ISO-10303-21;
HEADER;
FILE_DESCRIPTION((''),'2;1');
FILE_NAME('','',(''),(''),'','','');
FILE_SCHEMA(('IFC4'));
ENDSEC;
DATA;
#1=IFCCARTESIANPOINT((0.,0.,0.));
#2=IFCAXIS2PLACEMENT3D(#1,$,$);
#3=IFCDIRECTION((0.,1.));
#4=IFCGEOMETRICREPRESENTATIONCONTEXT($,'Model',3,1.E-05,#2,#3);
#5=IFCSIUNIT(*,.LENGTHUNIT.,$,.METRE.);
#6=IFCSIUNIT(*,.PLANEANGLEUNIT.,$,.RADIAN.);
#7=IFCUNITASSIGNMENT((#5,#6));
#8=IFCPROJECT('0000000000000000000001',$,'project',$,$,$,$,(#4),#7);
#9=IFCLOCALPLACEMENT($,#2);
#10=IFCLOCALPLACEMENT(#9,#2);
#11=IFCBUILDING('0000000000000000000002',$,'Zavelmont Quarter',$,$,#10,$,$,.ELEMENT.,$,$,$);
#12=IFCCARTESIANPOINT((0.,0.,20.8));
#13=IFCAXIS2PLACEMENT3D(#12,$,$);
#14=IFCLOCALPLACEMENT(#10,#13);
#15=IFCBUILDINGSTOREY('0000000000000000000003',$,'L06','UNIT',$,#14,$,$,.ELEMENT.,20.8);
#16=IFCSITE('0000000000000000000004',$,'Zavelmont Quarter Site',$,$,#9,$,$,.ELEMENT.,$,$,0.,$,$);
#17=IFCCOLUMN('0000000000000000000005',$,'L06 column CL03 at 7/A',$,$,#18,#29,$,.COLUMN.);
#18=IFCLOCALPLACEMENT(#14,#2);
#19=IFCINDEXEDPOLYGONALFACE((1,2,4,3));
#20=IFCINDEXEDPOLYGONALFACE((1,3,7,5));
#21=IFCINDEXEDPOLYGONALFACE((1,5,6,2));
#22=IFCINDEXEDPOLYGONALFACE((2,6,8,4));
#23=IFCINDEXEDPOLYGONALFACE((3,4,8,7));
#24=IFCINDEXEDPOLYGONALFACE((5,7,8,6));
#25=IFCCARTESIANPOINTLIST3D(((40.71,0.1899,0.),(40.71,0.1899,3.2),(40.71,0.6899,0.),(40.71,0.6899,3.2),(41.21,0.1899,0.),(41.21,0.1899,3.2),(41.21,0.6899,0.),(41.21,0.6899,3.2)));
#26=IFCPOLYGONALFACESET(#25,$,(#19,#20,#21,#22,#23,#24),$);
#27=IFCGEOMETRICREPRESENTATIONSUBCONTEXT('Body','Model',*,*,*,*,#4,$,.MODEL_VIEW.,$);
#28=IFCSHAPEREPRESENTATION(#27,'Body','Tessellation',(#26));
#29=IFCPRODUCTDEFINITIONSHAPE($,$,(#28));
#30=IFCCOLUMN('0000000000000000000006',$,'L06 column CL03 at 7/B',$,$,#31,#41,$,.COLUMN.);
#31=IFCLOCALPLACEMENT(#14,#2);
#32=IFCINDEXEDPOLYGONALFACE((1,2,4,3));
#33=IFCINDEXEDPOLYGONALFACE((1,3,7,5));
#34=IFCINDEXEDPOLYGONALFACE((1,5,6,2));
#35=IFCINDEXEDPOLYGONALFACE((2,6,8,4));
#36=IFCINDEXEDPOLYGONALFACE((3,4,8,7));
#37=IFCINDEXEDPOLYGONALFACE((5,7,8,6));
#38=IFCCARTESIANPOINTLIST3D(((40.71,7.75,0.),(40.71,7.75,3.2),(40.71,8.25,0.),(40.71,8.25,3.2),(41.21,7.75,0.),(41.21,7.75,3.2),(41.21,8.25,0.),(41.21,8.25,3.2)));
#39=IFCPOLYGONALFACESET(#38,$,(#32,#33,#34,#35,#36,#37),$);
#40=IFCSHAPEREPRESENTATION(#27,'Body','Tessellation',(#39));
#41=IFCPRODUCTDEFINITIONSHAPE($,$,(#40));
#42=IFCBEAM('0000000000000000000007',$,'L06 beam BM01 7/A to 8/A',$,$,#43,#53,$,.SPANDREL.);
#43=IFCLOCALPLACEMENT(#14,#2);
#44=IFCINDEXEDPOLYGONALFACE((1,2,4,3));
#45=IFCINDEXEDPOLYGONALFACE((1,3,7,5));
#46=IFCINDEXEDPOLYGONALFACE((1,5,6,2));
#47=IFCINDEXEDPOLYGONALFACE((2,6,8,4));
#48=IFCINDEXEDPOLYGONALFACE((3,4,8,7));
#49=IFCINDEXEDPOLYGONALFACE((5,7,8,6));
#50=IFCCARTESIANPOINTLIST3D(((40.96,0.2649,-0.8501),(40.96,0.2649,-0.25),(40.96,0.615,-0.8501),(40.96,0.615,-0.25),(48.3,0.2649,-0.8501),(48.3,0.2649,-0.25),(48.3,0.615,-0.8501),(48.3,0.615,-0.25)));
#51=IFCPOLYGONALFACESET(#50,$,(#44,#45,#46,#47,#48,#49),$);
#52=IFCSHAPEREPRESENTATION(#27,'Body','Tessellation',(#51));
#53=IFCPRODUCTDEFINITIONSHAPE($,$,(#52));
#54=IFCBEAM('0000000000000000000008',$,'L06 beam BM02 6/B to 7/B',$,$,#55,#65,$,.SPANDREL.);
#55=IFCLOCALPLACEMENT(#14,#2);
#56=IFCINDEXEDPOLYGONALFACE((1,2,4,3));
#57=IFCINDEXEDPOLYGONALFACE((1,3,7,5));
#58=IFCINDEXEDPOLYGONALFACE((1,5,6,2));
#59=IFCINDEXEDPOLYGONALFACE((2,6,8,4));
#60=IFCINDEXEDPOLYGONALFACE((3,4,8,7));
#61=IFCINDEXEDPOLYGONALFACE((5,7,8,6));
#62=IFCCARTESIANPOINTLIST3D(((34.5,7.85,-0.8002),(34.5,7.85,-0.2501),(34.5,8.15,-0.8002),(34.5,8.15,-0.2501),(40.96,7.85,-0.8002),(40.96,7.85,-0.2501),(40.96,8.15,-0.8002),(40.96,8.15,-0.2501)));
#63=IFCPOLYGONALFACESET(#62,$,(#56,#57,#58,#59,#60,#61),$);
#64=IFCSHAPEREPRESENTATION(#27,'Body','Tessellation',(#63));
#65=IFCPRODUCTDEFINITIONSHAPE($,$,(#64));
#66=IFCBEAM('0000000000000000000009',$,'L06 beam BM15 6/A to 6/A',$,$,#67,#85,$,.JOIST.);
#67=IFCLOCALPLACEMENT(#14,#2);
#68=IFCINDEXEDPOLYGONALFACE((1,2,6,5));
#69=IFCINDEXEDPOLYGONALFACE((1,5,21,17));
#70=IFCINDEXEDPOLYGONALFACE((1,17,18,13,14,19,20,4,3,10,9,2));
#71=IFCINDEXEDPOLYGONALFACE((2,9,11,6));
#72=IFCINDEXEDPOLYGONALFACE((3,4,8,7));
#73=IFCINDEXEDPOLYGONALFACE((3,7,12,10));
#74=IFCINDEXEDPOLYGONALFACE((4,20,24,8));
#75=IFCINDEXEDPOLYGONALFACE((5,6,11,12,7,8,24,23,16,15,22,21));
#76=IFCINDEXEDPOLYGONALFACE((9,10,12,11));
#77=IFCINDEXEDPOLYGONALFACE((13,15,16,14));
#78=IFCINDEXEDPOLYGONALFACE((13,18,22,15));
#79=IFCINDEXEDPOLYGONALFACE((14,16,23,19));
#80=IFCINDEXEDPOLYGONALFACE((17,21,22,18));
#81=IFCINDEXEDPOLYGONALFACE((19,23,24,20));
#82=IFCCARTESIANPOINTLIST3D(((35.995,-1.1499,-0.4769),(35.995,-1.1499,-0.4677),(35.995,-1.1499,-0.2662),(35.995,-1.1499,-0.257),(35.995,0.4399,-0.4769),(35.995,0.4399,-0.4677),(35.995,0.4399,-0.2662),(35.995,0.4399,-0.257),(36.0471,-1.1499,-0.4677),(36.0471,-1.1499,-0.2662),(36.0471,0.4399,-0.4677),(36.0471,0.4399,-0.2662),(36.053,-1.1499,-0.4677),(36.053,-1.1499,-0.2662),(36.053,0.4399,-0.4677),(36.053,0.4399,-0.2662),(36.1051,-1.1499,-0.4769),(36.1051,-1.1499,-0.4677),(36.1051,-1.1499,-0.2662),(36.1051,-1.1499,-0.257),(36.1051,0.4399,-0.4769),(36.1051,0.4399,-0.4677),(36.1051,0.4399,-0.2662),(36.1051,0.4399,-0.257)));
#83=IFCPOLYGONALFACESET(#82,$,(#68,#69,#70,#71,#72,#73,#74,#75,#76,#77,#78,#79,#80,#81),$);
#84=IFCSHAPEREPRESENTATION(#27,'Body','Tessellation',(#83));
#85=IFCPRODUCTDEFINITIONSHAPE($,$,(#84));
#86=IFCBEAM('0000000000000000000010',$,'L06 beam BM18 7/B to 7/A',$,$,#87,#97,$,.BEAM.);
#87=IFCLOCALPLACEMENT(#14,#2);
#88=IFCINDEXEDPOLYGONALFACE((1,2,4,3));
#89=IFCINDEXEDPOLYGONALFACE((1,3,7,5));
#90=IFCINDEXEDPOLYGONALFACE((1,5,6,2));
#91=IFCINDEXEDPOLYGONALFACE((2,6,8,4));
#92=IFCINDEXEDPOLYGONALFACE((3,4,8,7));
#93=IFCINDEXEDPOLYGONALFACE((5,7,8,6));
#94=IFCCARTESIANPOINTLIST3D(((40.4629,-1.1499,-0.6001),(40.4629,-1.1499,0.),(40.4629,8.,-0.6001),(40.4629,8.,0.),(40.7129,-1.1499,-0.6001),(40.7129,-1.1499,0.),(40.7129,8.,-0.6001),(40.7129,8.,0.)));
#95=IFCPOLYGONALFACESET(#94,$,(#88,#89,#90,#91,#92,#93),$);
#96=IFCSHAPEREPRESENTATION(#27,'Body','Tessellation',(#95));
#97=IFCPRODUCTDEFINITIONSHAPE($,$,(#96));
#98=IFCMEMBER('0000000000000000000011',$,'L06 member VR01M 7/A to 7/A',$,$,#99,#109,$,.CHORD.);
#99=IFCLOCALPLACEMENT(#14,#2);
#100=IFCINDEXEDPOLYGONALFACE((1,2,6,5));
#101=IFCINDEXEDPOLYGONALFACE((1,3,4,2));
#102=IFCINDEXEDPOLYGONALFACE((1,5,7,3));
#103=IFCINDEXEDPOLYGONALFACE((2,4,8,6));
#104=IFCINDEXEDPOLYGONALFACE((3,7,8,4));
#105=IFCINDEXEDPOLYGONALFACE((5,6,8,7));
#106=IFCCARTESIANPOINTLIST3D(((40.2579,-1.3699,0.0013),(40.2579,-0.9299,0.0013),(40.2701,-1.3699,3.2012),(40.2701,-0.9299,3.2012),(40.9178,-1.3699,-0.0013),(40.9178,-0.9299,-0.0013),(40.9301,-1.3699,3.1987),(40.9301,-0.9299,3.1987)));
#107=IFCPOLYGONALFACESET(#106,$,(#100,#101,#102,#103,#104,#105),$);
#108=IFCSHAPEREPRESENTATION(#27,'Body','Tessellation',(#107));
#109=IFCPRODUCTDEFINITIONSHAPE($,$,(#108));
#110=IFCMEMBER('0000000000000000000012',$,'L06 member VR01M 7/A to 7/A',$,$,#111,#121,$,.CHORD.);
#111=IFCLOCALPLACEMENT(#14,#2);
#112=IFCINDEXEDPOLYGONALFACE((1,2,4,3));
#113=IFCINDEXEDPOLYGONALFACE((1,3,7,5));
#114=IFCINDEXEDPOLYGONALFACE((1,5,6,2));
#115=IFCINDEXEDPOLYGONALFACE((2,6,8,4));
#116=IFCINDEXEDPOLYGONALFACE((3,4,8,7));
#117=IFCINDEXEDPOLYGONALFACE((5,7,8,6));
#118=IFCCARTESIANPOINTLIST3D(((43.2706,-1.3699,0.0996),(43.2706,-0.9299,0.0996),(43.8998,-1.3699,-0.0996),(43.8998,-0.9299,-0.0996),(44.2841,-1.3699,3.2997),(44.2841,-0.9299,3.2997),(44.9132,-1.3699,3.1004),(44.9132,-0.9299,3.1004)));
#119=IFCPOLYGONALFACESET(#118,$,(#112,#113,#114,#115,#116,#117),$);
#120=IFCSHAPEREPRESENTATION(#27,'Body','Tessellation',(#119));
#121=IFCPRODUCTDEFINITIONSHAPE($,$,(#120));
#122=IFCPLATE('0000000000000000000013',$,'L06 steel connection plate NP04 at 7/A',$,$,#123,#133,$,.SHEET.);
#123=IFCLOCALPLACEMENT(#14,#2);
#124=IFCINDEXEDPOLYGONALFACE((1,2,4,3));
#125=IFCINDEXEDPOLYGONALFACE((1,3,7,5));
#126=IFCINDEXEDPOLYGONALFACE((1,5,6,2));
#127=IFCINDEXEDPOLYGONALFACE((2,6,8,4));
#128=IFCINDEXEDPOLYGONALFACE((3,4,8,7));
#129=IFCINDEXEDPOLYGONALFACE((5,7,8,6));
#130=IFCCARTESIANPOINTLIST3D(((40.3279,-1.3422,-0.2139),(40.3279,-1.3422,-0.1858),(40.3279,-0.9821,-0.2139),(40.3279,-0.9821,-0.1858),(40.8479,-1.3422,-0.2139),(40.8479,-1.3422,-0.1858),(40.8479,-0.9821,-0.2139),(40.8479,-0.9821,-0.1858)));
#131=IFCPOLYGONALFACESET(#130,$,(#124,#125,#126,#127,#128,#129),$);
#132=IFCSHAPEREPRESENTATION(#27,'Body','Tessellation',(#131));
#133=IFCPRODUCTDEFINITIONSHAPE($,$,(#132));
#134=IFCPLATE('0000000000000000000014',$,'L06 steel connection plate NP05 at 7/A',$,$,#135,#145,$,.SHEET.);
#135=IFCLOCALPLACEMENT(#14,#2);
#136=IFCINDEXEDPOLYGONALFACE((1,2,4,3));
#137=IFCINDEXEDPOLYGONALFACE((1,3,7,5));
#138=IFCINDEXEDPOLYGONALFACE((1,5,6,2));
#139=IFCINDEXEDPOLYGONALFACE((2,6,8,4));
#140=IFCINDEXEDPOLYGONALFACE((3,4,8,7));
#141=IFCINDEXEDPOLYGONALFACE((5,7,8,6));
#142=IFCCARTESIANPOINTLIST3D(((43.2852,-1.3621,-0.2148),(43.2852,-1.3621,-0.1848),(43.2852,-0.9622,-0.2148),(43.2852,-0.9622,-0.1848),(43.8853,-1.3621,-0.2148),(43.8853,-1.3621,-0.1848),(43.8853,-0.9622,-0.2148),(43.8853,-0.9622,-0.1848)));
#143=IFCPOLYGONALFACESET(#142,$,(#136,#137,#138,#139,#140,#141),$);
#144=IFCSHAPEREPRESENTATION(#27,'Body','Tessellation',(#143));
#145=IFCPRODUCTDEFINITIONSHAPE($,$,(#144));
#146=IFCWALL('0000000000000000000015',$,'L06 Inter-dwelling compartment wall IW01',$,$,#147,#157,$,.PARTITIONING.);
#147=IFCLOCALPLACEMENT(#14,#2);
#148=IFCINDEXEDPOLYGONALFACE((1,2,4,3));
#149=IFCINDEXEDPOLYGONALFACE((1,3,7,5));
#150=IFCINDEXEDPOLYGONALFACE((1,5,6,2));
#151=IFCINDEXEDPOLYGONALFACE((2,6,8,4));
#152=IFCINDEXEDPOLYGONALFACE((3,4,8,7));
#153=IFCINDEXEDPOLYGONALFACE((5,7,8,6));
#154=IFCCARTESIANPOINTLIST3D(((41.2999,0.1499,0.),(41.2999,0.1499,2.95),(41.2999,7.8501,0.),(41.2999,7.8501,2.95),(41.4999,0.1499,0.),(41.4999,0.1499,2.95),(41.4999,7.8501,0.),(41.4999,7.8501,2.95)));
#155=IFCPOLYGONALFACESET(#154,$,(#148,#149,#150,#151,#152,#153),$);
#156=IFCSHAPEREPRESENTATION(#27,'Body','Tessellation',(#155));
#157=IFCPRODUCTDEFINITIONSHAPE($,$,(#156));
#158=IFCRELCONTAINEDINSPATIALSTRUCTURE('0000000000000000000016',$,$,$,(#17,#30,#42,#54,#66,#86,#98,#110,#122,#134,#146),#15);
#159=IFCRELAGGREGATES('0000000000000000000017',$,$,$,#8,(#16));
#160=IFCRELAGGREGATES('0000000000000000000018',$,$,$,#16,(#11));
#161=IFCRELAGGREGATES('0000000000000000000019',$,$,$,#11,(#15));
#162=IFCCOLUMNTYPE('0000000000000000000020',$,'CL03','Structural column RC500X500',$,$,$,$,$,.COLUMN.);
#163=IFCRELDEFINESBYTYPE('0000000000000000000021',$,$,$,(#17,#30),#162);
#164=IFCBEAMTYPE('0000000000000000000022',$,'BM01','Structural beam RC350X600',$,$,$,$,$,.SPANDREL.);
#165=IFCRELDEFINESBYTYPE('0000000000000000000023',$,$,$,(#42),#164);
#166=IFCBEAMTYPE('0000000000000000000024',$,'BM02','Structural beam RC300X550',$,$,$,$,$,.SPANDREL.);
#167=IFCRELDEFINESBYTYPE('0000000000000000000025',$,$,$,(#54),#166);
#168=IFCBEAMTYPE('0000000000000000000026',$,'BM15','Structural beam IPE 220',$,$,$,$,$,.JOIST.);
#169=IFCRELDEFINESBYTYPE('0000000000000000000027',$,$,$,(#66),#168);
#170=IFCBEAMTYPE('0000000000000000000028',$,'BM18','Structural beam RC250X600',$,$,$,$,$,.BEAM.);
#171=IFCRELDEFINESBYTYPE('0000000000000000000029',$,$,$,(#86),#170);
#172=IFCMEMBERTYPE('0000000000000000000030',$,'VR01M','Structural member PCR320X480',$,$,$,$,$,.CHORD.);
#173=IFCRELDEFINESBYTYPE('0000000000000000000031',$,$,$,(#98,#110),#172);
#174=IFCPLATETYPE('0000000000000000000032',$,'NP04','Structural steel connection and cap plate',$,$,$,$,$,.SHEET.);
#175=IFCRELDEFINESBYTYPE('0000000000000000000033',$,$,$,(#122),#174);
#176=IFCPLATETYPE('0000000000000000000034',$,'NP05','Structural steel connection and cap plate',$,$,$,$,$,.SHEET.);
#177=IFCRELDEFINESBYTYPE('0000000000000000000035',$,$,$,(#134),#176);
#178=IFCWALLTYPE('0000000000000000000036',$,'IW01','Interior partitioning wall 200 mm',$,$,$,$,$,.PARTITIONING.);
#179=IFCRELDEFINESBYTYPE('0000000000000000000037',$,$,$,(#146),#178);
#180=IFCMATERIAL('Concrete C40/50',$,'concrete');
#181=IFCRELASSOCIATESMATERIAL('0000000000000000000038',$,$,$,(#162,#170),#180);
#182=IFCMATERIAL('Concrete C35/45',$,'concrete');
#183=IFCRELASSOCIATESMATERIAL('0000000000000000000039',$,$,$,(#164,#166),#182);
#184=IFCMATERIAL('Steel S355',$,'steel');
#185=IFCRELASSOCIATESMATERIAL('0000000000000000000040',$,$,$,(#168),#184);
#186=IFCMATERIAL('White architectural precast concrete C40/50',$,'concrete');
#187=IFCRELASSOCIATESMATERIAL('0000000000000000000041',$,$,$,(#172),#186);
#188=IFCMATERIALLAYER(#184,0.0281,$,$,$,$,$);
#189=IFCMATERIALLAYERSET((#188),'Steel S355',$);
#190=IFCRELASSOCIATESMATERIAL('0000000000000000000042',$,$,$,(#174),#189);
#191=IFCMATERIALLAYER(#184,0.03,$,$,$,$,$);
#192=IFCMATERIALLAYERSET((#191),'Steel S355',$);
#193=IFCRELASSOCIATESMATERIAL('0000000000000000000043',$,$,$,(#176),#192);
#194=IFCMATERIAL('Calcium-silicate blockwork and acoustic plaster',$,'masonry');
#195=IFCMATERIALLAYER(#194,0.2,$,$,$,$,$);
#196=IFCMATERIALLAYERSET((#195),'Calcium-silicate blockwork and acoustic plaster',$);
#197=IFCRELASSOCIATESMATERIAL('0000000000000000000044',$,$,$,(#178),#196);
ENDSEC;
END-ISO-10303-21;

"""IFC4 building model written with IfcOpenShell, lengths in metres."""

from ifc_helpers import new_model, si_unit, direction, frame, frame_2d, origin, origin_2d, place, context, subcontext, project, spatial, rectangle, i_section, extrude, material, layer, layer_set, material_profile, profile_set, type_object, element, save


model = new_model("IFC4")

# Units and contexts
model_context = context("Model", 3, precision=1e-05, world=origin(), true_north=direction((0.0, 1.0)))
body_context = subcontext(model_context, "Body", "Model", "MODEL_VIEW")
ifc_project = project(units=[si_unit("LENGTHUNIT", "METRE"), si_unit("PLANEANGLEUNIT", "RADIAN")], contexts=[model_context])

# Site, building, storey
site_placement = place(None, origin())
site = spatial("IfcSite", under=ifc_project, at=site_placement, Name="Zavelmont Quarter Site", CompositionType="ELEMENT", RefElevation=0.0)
building_placement = place(site_placement, origin())
building = spatial("IfcBuilding", under=site, at=building_placement, Name="Zavelmont Quarter", CompositionType="ELEMENT")
storey_placement = place(building_placement, frame((0.0, 0.0, 20.8)))
storey = spatial("IfcBuildingStorey", under=building, at=storey_placement, Name="L06", Description="UNIT", CompositionType="ELEMENT", Elevation=20.8)

# Columns
ifc_material_1 = material(Name="Concrete C40/50", Category="concrete")
ifc_material_profile_1 = material_profile(ifc_material_1, rectangle(XDim=0.5, YDim=0.5, at=origin_2d()), Name="RC500X500")
ifc_profile_set_1 = profile_set([ifc_material_profile_1], Name="Concrete C40/50")
column_type = type_object("IfcColumnType", Name="CL03", Description="Structural column RC500X500", PredefinedType="COLUMN", material=ifc_profile_set_1)
for number, where, z_axis, x_axis, name in (
    (1, (40.96, 0.4399, 0.0), (0.0, 0.0, 1.0), (1.0, 0.0, 0.0), "L06 column CL03 at 7/A"),
    (2, (40.96, 8.0, 0.0), (0.0, 0.0, 1.0), (1.0, 0.0, 0.0), "L06 column CL03 at 7/B"),
):
    element("IfcColumn", number, at=place(storey_placement, frame(where, z_axis=z_axis, x_axis=x_axis)), inside=storey, type_object=column_type, Name=name, PredefinedType="COLUMN", context=body_context, shape_type="SweptSolid", body=[
        extrude(rectangle(XDim=0.5, YDim=0.5, at=origin_2d()), origin(), (0.0, 0.0, 1.0), 3.2),
    ])

# Beams
ifc_material_2 = material(Name="Concrete C35/45", Category="concrete")
ifc_material_profile_2 = material_profile(ifc_material_2, rectangle(XDim=0.3501, YDim=0.6001, at=origin_2d()), Name="RC350X600")
ifc_profile_set_2 = profile_set([ifc_material_profile_2], Name="Concrete C35/45")
beam_type_1 = type_object("IfcBeamType", Name="BM01", Description="Structural beam RC350X600", PredefinedType="SPANDREL", material=ifc_profile_set_2)
beam_1_placement = place(storey_placement, frame((40.96, 0.4399, -0.55), z_axis=(1.0, 0.0, 0.0), x_axis=(0.0, 1.0, 0.0)))
element("IfcBeam", 3, at=beam_1_placement, inside=storey, type_object=beam_type_1, Name="L06 beam BM01 7/A to 8/A", PredefinedType="SPANDREL", context=body_context, shape_type="SweptSolid", body=[
    extrude(rectangle(XDim=0.3501, YDim=0.6001, at=origin_2d()), origin(), (0.0, 0.0, 1.0), 7.3401),
])
ifc_material_profile_3 = material_profile(ifc_material_2, rectangle(XDim=0.3, YDim=0.55, at=origin_2d()), Name="RC300X550")
ifc_profile_set_3 = profile_set([ifc_material_profile_3], Name="Concrete C35/45")
beam_type_2 = type_object("IfcBeamType", Name="BM02", Description="Structural beam RC300X550", PredefinedType="SPANDREL", material=ifc_profile_set_3)
beam_2_placement = place(storey_placement, frame((34.5, 8.0, -0.5251), z_axis=(1.0, 0.0, 0.0), x_axis=(0.0, 1.0, 0.0)))
element("IfcBeam", 4, at=beam_2_placement, inside=storey, type_object=beam_type_2, Name="L06 beam BM02 6/B to 7/B", PredefinedType="SPANDREL", context=body_context, shape_type="SweptSolid", body=[
    extrude(rectangle(XDim=0.3, YDim=0.55, at=origin_2d()), origin(), (0.0, 0.0, 1.0), 6.46),
])
ifc_material_3 = material(Name="Steel S355", Category="steel")
ifc_material_profile_4 = material_profile(ifc_material_3, i_section(OverallWidth=0.1101, OverallDepth=0.22, WebThickness=0.0059, FlangeThickness=0.0093, at=origin_2d()), Name="IPE 220")
ifc_profile_set_4 = profile_set([ifc_material_profile_4], Name="Steel S355")
beam_type_3 = type_object("IfcBeamType", Name="BM15", Description="Structural beam IPE 220", PredefinedType="JOIST", material=ifc_profile_set_4)
beam_3_placement = place(storey_placement, frame((36.05, 0.4399, -0.3669), z_axis=(0.0, -1.0, 0.0), x_axis=(1.0, 0.0, 0.0)))
element("IfcBeam", 5, at=beam_3_placement, inside=storey, type_object=beam_type_3, Name="L06 beam BM15 6/A to 6/A", PredefinedType="JOIST", context=body_context, shape_type="SweptSolid", body=[
    extrude(i_section(OverallWidth=0.1101, OverallDepth=0.22, WebThickness=0.0059, FlangeThickness=0.0093, at=origin_2d()), origin(), (0.0, 0.0, 1.0), 1.5898),
])
ifc_material_profile_5 = material_profile(ifc_material_1, rectangle(XDim=0.25, YDim=0.6001, at=origin_2d()), Name="RC250X600")
ifc_profile_set_5 = profile_set([ifc_material_profile_5], Name="Concrete C40/50")
beam_type_4 = type_object("IfcBeamType", Name="BM18", Description="Structural beam RC250X600", PredefinedType="BEAM", material=ifc_profile_set_5)
beam_4_placement = place(storey_placement, frame((40.5879, 8.0, -0.3), z_axis=(0.0, -1.0, 0.0), x_axis=(1.0, 0.0, 0.0)))
element("IfcBeam", 6, at=beam_4_placement, inside=storey, type_object=beam_type_4, Name="L06 beam BM18 7/B to 7/A", PredefinedType="BEAM", context=body_context, shape_type="SweptSolid", body=[
    extrude(rectangle(XDim=0.25, YDim=0.6001, at=origin_2d()), origin(), (0.0, 0.0, 1.0), 9.1499),
])

# Members
ifc_material_4 = material(Name="White architectural precast concrete C40/50", Category="concrete")
ifc_material_profile_6 = material_profile(ifc_material_4, rectangle(XDim=0.4399, YDim=0.6599, at=origin_2d()), Name="PCR320X480")
ifc_profile_set_6 = profile_set([ifc_material_profile_6], Name="White architectural precast concrete C40/50")
member_type = type_object("IfcMemberType", Name="VR01M", Description="Structural member PCR320X480", PredefinedType="CHORD", material=ifc_profile_set_6)
member_1_placement = place(storey_placement, frame((40.5879, -1.1499, 0.0), z_axis=(0.003815, 0.0, 0.999993), x_axis=(0.0, 1.0, 0.0)))
element("IfcMember", 7, at=member_1_placement, inside=storey, type_object=member_type, Name="L06 member VR01M 7/A to 7/A", PredefinedType="CHORD", context=body_context, shape_type="SweptSolid", body=[
    extrude(rectangle(XDim=0.4399, YDim=0.6599, at=origin_2d()), origin(), (0.0, 0.0, 1.0), 3.2),
])
member_2_placement = place(storey_placement, frame((43.5852, -1.1499, 0.0), z_axis=(0.301921, 0.0, 0.953333), x_axis=(0.0, 1.0, 0.0)))
element("IfcMember", 8, at=member_2_placement, inside=storey, type_object=member_type, Name="L06 member VR01M 7/A to 7/A", PredefinedType="CHORD", context=body_context, shape_type="SweptSolid", body=[
    extrude(rectangle(XDim=0.4399, YDim=0.6599, at=origin_2d()), origin(), (0.0, 0.0, 1.0), 3.3567),
])

# Plates
ifc_layer_1 = layer(ifc_material_3, 0.0281)
ifc_layer_set_1 = layer_set([ifc_layer_1], Name="Steel S355")
plate_type_1 = type_object("IfcPlateType", Name="NP04", Description="Structural steel connection and cap plate", PredefinedType="SHEET", material=ifc_layer_set_1)
plate_1_placement = place(storey_placement, frame((40.5879, -1.1621, -0.2139), z_axis=(0.0, 0.0, 1.0), x_axis=(1.0, 0.0, 0.0)))
element("IfcPlate", 9, at=plate_1_placement, inside=storey, type_object=plate_type_1, Name="L06 steel connection plate NP04 at 7/A", PredefinedType="SHEET", context=body_context, shape_type="SweptSolid", body=[
    extrude(rectangle(XDim=0.52, YDim=0.3601, at=origin_2d()), origin(), (0.0, 0.0, 1.0), 0.0281),
])
ifc_layer_2 = layer(ifc_material_3, 0.03)
ifc_layer_set_2 = layer_set([ifc_layer_2], Name="Steel S355")
plate_type_2 = type_object("IfcPlateType", Name="NP05", Description="Structural steel connection and cap plate", PredefinedType="SHEET", material=ifc_layer_set_2)
plate_2_placement = place(storey_placement, frame((43.5852, -1.1621, -0.2148), z_axis=(0.0, 0.0, 1.0), x_axis=(1.0, 0.0, 0.0)))
element("IfcPlate", 10, at=plate_2_placement, inside=storey, type_object=plate_type_2, Name="L06 steel connection plate NP05 at 7/A", PredefinedType="SHEET", context=body_context, shape_type="SweptSolid", body=[
    extrude(rectangle(XDim=0.6001, YDim=0.3999, at=origin_2d()), origin(), (0.0, 0.0, 1.0), 0.03),
])

# Wall
ifc_material_5 = material(Name="Calcium-silicate blockwork and acoustic plaster", Category="masonry")
ifc_layer_3 = layer(ifc_material_5, 0.2)
ifc_layer_set_3 = layer_set([ifc_layer_3], Name="Calcium-silicate blockwork and acoustic plaster")
wall_type_1 = type_object("IfcWallType", Name="IW01", Description="Interior partitioning wall 200 mm", PredefinedType="PARTITIONING", material=ifc_layer_set_3)
wall_1_placement = place(storey_placement, frame((41.3999, 7.8501, 0.0), z_axis=(0.0, 0.0, 1.0), x_axis=(0.0, -1.0, 0.0)))
element("IfcWall", 11, at=wall_1_placement, inside=storey, type_object=wall_type_1, Name="L06 Inter-dwelling compartment wall IW01", PredefinedType="PARTITIONING", context=body_context, shape_type="SweptSolid", body=[
    extrude(rectangle(XDim=7.7002, YDim=0.2, at=frame_2d((3.8501, 0.0))), origin(), (0.0, 0.0, 1.0), 2.95),
])

save(model, "model.ifc")
